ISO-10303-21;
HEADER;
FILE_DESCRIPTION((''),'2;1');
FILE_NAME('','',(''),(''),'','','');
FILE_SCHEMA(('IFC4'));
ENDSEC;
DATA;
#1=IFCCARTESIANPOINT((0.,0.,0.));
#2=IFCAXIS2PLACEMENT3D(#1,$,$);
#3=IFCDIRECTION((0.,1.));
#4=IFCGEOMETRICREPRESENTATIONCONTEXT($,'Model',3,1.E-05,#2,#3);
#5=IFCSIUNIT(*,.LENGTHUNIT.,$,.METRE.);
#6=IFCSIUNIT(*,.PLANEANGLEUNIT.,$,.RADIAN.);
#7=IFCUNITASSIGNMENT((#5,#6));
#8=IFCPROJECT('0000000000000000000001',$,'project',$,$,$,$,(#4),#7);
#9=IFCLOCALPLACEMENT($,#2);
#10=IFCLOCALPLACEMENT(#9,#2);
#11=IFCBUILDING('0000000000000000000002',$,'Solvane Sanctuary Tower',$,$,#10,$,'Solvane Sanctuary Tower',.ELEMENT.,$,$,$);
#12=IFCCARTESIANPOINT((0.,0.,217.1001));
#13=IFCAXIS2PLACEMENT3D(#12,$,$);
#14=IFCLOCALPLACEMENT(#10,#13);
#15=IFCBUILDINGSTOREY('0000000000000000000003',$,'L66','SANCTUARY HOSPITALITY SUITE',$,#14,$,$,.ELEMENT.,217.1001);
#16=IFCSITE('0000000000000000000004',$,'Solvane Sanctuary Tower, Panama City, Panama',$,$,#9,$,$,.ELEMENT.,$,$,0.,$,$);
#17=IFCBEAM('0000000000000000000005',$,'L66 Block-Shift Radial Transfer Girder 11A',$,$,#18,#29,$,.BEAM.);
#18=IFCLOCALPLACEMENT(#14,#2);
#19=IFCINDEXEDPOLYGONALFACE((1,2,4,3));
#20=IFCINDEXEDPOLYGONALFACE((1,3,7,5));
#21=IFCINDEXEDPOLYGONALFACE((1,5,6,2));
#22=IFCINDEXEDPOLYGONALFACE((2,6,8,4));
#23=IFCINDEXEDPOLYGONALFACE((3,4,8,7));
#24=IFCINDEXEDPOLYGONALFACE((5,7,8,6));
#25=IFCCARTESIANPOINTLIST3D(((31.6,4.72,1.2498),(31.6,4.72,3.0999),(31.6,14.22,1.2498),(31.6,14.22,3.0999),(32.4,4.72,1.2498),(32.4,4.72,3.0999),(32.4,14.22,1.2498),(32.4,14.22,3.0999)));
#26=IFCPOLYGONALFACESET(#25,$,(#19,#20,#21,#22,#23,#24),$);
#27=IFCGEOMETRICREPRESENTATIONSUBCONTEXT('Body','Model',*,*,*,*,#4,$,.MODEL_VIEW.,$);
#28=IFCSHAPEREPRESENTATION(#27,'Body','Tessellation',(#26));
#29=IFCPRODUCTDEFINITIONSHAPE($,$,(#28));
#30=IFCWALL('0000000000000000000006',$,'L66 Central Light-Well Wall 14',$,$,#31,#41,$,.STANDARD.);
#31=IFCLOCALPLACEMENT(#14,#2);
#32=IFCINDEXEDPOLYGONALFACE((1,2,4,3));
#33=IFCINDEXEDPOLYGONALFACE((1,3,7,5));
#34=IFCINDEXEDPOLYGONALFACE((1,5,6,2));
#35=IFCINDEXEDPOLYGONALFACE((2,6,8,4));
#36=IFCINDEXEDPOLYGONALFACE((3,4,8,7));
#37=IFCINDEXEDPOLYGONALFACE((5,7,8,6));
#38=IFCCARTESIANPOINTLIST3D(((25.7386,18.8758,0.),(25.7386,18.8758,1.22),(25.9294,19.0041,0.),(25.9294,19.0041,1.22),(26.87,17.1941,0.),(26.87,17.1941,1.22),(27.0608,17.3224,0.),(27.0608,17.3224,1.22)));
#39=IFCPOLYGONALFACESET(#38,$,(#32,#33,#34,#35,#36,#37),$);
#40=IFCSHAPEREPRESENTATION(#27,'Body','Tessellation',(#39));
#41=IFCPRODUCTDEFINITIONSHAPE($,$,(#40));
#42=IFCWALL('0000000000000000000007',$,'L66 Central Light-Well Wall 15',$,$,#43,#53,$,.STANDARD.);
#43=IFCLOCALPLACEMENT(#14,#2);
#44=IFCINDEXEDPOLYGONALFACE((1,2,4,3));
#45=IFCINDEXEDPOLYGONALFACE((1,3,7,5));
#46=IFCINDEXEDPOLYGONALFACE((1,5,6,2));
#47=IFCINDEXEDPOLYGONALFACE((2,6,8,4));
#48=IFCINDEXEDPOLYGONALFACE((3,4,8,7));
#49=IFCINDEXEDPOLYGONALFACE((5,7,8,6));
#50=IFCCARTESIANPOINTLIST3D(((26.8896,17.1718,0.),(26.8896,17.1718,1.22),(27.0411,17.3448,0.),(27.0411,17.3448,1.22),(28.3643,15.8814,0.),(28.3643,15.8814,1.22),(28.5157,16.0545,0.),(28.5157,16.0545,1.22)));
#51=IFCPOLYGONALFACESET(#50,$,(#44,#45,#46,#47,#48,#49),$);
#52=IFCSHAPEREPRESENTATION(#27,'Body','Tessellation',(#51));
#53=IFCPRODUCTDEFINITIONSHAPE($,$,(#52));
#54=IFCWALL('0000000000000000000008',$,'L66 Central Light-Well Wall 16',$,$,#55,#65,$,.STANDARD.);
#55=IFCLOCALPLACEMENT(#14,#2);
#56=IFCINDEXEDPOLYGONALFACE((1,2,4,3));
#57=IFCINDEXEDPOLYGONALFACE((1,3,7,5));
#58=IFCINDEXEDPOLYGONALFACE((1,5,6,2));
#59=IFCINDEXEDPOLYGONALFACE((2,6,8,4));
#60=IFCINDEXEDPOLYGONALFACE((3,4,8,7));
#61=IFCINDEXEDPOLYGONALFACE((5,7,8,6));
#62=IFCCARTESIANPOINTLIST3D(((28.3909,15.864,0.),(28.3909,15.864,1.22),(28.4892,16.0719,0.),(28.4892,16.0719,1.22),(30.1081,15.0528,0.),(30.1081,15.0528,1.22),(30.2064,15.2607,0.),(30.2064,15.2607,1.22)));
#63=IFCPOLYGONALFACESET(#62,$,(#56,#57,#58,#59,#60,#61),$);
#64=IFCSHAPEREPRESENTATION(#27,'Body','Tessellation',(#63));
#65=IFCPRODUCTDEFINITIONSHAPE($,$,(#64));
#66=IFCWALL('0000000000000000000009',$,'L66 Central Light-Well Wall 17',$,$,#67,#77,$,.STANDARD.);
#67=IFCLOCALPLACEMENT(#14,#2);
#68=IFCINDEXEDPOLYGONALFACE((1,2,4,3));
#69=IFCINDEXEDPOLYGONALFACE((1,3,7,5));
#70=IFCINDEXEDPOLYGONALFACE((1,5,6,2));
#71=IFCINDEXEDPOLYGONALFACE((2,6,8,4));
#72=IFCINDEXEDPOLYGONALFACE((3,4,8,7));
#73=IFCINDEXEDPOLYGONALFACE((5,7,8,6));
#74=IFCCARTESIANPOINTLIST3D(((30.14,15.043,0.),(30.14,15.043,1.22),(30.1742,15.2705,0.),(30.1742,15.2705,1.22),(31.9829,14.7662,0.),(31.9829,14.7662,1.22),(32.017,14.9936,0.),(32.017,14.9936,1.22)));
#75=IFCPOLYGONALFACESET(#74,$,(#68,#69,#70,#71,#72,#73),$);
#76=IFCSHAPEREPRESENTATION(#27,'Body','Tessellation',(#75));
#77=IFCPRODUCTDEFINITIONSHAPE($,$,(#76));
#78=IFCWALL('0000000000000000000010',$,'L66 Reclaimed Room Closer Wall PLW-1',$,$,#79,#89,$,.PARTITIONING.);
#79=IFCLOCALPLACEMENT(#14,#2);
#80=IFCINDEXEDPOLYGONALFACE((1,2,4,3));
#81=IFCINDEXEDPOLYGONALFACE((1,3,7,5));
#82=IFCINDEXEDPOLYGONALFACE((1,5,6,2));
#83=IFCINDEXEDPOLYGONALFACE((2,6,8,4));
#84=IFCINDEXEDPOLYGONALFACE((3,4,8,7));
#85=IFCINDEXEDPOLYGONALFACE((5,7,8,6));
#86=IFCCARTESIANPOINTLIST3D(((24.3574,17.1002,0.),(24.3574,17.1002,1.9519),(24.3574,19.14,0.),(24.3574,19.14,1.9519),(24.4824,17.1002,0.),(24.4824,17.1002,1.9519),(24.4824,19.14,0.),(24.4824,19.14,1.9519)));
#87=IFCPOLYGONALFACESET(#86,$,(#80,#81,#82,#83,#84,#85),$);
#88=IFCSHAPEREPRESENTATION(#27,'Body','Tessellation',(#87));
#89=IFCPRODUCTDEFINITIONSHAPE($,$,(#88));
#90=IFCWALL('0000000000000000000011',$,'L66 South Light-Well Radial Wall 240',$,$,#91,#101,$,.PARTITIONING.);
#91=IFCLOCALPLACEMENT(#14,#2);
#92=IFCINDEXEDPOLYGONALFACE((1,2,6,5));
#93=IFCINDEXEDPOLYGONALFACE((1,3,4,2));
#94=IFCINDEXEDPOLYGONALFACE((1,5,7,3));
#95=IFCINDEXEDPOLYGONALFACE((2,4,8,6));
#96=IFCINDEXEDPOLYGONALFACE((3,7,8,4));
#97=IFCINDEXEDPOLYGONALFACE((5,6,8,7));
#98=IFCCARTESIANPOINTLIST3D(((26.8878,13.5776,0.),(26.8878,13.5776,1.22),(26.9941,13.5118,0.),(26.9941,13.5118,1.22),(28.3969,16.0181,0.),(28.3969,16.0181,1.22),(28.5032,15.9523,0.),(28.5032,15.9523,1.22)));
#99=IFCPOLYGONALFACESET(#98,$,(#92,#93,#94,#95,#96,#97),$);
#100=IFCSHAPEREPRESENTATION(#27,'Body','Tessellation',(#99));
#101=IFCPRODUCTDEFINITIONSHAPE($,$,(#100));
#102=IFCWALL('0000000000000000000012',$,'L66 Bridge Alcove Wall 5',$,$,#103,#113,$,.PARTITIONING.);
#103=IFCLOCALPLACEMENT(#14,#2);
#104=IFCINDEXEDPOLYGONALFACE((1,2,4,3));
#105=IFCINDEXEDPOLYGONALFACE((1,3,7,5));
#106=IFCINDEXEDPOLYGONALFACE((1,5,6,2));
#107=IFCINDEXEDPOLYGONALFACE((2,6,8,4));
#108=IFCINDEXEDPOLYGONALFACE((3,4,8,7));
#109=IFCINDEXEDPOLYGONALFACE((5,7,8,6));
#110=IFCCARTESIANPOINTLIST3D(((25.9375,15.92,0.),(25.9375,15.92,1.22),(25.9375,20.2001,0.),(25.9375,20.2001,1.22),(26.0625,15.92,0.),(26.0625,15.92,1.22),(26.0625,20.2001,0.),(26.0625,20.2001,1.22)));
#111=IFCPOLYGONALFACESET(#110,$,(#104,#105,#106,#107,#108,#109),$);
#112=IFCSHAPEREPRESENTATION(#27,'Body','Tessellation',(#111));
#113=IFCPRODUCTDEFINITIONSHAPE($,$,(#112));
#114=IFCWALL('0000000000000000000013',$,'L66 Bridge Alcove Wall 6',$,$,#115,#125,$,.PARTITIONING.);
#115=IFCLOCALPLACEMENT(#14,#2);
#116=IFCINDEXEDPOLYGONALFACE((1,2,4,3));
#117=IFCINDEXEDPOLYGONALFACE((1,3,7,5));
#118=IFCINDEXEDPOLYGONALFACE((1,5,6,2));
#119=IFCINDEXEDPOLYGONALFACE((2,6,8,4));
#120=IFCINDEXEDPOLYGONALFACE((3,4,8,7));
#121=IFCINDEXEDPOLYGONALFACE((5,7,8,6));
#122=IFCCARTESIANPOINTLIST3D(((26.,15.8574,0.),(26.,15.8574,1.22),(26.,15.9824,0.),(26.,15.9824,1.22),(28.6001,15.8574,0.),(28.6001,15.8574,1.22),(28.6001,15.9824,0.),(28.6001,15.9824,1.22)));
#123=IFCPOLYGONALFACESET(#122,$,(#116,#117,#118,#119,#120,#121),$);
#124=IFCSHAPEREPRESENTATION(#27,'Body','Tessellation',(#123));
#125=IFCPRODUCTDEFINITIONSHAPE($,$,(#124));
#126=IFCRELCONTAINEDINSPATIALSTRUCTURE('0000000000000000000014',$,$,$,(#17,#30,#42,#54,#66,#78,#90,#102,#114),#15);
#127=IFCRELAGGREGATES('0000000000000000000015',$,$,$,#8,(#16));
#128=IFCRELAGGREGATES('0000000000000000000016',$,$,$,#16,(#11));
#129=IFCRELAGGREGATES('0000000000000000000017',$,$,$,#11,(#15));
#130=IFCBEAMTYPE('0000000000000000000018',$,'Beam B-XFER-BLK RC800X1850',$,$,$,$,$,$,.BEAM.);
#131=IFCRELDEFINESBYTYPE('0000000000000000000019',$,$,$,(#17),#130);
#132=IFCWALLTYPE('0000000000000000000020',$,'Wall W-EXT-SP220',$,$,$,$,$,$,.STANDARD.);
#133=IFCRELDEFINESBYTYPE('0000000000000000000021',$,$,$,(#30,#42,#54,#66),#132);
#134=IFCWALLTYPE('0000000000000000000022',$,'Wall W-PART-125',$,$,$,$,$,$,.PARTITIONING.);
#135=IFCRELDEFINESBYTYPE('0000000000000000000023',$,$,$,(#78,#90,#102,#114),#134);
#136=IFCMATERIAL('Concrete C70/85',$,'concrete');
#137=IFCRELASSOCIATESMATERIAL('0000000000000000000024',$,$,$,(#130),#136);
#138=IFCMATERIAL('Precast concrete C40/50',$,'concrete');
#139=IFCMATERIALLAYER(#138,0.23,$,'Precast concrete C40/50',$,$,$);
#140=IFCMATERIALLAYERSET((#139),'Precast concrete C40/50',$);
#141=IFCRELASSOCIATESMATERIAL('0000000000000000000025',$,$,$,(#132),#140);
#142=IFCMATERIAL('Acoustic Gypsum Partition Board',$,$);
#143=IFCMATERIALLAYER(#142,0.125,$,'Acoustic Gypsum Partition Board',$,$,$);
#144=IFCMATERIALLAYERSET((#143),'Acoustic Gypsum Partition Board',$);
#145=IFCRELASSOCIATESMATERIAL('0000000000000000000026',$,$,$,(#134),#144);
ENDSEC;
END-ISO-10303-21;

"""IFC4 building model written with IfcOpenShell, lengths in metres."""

from ifc_helpers import new_model, si_unit, direction, frame, frame_2d, origin, origin_2d, place, context, subcontext, project, spatial, rectangle, extrude, material, layer, layer_set, material_profile, profile_set, type_object, element, save


model = new_model("IFC4")

# Units and contexts
model_context = context("Model", 3, precision=1e-05, world=origin(), true_north=direction((0.0, 1.0)))
body_context = subcontext(model_context, "Body", "Model", "MODEL_VIEW")
ifc_project = project(units=[si_unit("LENGTHUNIT", "METRE"), si_unit("PLANEANGLEUNIT", "RADIAN")], contexts=[model_context])

# Site, building, storey
site_placement = place(None, origin())
site = spatial("IfcSite", under=ifc_project, at=site_placement, Name="Solvane Sanctuary Tower, Panama City, Panama", CompositionType="ELEMENT", RefElevation=0.0)
building_placement = place(site_placement, origin())
building = spatial("IfcBuilding", under=site, at=building_placement, Name="Solvane Sanctuary Tower", LongName="Solvane Sanctuary Tower", CompositionType="ELEMENT")
storey_placement = place(building_placement, frame((0.0, 0.0, 217.1001)))
storey = spatial("IfcBuildingStorey", under=building, at=storey_placement, Name="L66", Description="SANCTUARY HOSPITALITY SUITE", CompositionType="ELEMENT", Elevation=217.1001)

# Shared definitions
ifc_material_1 = material(Name="Concrete C70/85", Category="concrete")

# Beam
ifc_material_profile_1 = material_profile(ifc_material_1, rectangle(XDim=0.8, YDim=1.8501, at=origin_2d()), Name="RC800X1850")
ifc_profile_set_1 = profile_set([ifc_material_profile_1], Name="Concrete C70/85")
beam_type_1 = type_object("IfcBeamType", Name="Beam B-XFER-BLK RC800X1850", PredefinedType="BEAM", material=ifc_profile_set_1)
beam_1_placement = place(storey_placement, frame((32.0, 14.22, 2.1748), z_axis=(0.0, -1.0, 0.0), x_axis=(1.0, 0.0, 0.0)))
element("IfcBeam", 1, at=beam_1_placement, inside=storey, type_object=beam_type_1, Name="L66 Block-Shift Radial Transfer Girder 11A", PredefinedType="BEAM", context=body_context, shape_type="SweptSolid", body=[
    extrude(rectangle(XDim=0.8, YDim=1.8501, at=origin_2d()), origin(), (0.0, 0.0, 1.0), 9.5),
])

# Walls
ifc_material_2 = material(Name="Precast concrete C40/50", Category="concrete")
ifc_layer_1 = layer(ifc_material_2, 0.23, Name="Precast concrete C40/50")
ifc_layer_set_1 = layer_set([ifc_layer_1], Name="Precast concrete C40/50")
wall_type_1 = type_object("IfcWallType", Name="Wall W-EXT-SP220", PredefinedType="STANDARD", material=ifc_layer_set_1)
wall_1_placement = place(storey_placement, frame((25.834, 18.9399, 0.0), z_axis=(0.0, 0.0, 1.0), x_axis=(0.558198, -0.829708, 0.0)))
element("IfcWall", 2, at=wall_1_placement, inside=storey, type_object=wall_type_1, Name="L66 Central Light-Well Wall 14", PredefinedType="STANDARD", context=body_context, shape_type="SweptSolid", body=[
    extrude(rectangle(XDim=2.0269, YDim=0.23, at=frame_2d((1.0134, 0.0))), origin(), (0.0, 0.0, 1.0), 1.22),
])
wall_2_placement = place(storey_placement, frame((26.9653, 17.2583, 0.0), z_axis=(0.0, 0.0, 1.0), x_axis=(0.752577, -0.658505, 0.0)))
element("IfcWall", 3, at=wall_2_placement, inside=storey, type_object=wall_type_1, Name="L66 Central Light-Well Wall 15", PredefinedType="STANDARD", context=body_context, shape_type="SweptSolid", body=[
    extrude(rectangle(XDim=1.9595, YDim=0.23, at=frame_2d((0.9797, 0.0))), origin(), (0.0, 0.0, 1.0), 1.22),
])
wall_3_placement = place(storey_placement, frame((28.4399, 15.968, 0.0), z_axis=(0.0, 0.0, 1.0), x_axis=(0.90418, -0.427152, 0.0)))
element("IfcWall", 4, at=wall_3_placement, inside=storey, type_object=wall_type_1, Name="L66 Central Light-Well Wall 16", PredefinedType="STANDARD", context=body_context, shape_type="SweptSolid", body=[
    extrude(rectangle(XDim=1.8992, YDim=0.23, at=frame_2d((0.9497, 0.0))), origin(), (0.0, 0.0, 1.0), 1.22),
])
wall_4_placement = place(storey_placement, frame((30.1572, 15.1567, 0.0), z_axis=(0.0, 0.0, 1.0), x_axis=(0.988902, -0.148571, 0.0)))
element("IfcWall", 5, at=wall_4_placement, inside=storey, type_object=wall_type_1, Name="L66 Central Light-Well Wall 17", PredefinedType="STANDARD", context=body_context, shape_type="SweptSolid", body=[
    extrude(rectangle(XDim=1.8635, YDim=0.23, at=frame_2d((0.9316, 0.0))), origin(), (0.0, 0.0, 1.0), 1.22),
])
ifc_material_3 = material(Name="Acoustic Gypsum Partition Board")
ifc_layer_2 = layer(ifc_material_3, 0.125, Name="Acoustic Gypsum Partition Board")
ifc_layer_set_2 = layer_set([ifc_layer_2], Name="Acoustic Gypsum Partition Board")
wall_type_2 = type_object("IfcWallType", Name="Wall W-PART-125", PredefinedType="PARTITIONING", material=ifc_layer_set_2)
wall_5_placement = place(storey_placement, frame((24.4199, 17.1001, 0.0), z_axis=(0.0, 0.0, 1.0), x_axis=(0.0, 1.0, 0.0)))
element("IfcWall", 6, at=wall_5_placement, inside=storey, type_object=wall_type_2, Name="L66 Reclaimed Room Closer Wall PLW-1", PredefinedType="PARTITIONING", context=body_context, shape_type="SweptSolid", body=[
    extrude(rectangle(XDim=2.0398, YDim=0.125, at=frame_2d((1.02, 0.0))), origin(), (0.0, 0.0, 1.0), 1.9519),
])
wall_6_placement = place(storey_placement, frame((28.45, 15.9851, 0.0), z_axis=(0.0, 0.0, 1.0), x_axis=(-0.525924, -0.850532, 0.0)))
element("IfcWall", 7, at=wall_6_placement, inside=storey, type_object=wall_type_2, Name="L66 South Light-Well Radial Wall 240", PredefinedType="PARTITIONING", context=body_context, shape_type="SweptSolid", body=[
    extrude(rectangle(XDim=2.8694, YDim=0.125, at=frame_2d((1.4346, 0.0))), origin(), (0.0, 0.0, 1.0), 1.22),
])
wall_7_placement = place(storey_placement, frame((26.0, 15.9199, 0.0), z_axis=(0.0, 0.0, 1.0), x_axis=(0.0, 1.0, 0.0)))
element("IfcWall", 8, at=wall_7_placement, inside=storey, type_object=wall_type_2, Name="L66 Bridge Alcove Wall 5", PredefinedType="PARTITIONING", context=body_context, shape_type="SweptSolid", body=[
    extrude(rectangle(XDim=4.28, YDim=0.125, at=frame_2d((2.1401, 0.0))), origin(), (0.0, 0.0, 1.0), 1.22),
])
wall_8_placement = place(storey_placement, frame((26.0, 15.9199, 0.0), z_axis=(0.0, 0.0, 1.0), x_axis=(1.0, 0.0, 0.0)))
element("IfcWall", 9, at=wall_8_placement, inside=storey, type_object=wall_type_2, Name="L66 Bridge Alcove Wall 6", PredefinedType="PARTITIONING", context=body_context, shape_type="SweptSolid", body=[
    extrude(rectangle(XDim=2.6001, YDim=0.125, at=frame_2d((1.3, 0.0))), origin(), (0.0, 0.0, 1.0), 1.22),
])

save(model, "model.ifc")
